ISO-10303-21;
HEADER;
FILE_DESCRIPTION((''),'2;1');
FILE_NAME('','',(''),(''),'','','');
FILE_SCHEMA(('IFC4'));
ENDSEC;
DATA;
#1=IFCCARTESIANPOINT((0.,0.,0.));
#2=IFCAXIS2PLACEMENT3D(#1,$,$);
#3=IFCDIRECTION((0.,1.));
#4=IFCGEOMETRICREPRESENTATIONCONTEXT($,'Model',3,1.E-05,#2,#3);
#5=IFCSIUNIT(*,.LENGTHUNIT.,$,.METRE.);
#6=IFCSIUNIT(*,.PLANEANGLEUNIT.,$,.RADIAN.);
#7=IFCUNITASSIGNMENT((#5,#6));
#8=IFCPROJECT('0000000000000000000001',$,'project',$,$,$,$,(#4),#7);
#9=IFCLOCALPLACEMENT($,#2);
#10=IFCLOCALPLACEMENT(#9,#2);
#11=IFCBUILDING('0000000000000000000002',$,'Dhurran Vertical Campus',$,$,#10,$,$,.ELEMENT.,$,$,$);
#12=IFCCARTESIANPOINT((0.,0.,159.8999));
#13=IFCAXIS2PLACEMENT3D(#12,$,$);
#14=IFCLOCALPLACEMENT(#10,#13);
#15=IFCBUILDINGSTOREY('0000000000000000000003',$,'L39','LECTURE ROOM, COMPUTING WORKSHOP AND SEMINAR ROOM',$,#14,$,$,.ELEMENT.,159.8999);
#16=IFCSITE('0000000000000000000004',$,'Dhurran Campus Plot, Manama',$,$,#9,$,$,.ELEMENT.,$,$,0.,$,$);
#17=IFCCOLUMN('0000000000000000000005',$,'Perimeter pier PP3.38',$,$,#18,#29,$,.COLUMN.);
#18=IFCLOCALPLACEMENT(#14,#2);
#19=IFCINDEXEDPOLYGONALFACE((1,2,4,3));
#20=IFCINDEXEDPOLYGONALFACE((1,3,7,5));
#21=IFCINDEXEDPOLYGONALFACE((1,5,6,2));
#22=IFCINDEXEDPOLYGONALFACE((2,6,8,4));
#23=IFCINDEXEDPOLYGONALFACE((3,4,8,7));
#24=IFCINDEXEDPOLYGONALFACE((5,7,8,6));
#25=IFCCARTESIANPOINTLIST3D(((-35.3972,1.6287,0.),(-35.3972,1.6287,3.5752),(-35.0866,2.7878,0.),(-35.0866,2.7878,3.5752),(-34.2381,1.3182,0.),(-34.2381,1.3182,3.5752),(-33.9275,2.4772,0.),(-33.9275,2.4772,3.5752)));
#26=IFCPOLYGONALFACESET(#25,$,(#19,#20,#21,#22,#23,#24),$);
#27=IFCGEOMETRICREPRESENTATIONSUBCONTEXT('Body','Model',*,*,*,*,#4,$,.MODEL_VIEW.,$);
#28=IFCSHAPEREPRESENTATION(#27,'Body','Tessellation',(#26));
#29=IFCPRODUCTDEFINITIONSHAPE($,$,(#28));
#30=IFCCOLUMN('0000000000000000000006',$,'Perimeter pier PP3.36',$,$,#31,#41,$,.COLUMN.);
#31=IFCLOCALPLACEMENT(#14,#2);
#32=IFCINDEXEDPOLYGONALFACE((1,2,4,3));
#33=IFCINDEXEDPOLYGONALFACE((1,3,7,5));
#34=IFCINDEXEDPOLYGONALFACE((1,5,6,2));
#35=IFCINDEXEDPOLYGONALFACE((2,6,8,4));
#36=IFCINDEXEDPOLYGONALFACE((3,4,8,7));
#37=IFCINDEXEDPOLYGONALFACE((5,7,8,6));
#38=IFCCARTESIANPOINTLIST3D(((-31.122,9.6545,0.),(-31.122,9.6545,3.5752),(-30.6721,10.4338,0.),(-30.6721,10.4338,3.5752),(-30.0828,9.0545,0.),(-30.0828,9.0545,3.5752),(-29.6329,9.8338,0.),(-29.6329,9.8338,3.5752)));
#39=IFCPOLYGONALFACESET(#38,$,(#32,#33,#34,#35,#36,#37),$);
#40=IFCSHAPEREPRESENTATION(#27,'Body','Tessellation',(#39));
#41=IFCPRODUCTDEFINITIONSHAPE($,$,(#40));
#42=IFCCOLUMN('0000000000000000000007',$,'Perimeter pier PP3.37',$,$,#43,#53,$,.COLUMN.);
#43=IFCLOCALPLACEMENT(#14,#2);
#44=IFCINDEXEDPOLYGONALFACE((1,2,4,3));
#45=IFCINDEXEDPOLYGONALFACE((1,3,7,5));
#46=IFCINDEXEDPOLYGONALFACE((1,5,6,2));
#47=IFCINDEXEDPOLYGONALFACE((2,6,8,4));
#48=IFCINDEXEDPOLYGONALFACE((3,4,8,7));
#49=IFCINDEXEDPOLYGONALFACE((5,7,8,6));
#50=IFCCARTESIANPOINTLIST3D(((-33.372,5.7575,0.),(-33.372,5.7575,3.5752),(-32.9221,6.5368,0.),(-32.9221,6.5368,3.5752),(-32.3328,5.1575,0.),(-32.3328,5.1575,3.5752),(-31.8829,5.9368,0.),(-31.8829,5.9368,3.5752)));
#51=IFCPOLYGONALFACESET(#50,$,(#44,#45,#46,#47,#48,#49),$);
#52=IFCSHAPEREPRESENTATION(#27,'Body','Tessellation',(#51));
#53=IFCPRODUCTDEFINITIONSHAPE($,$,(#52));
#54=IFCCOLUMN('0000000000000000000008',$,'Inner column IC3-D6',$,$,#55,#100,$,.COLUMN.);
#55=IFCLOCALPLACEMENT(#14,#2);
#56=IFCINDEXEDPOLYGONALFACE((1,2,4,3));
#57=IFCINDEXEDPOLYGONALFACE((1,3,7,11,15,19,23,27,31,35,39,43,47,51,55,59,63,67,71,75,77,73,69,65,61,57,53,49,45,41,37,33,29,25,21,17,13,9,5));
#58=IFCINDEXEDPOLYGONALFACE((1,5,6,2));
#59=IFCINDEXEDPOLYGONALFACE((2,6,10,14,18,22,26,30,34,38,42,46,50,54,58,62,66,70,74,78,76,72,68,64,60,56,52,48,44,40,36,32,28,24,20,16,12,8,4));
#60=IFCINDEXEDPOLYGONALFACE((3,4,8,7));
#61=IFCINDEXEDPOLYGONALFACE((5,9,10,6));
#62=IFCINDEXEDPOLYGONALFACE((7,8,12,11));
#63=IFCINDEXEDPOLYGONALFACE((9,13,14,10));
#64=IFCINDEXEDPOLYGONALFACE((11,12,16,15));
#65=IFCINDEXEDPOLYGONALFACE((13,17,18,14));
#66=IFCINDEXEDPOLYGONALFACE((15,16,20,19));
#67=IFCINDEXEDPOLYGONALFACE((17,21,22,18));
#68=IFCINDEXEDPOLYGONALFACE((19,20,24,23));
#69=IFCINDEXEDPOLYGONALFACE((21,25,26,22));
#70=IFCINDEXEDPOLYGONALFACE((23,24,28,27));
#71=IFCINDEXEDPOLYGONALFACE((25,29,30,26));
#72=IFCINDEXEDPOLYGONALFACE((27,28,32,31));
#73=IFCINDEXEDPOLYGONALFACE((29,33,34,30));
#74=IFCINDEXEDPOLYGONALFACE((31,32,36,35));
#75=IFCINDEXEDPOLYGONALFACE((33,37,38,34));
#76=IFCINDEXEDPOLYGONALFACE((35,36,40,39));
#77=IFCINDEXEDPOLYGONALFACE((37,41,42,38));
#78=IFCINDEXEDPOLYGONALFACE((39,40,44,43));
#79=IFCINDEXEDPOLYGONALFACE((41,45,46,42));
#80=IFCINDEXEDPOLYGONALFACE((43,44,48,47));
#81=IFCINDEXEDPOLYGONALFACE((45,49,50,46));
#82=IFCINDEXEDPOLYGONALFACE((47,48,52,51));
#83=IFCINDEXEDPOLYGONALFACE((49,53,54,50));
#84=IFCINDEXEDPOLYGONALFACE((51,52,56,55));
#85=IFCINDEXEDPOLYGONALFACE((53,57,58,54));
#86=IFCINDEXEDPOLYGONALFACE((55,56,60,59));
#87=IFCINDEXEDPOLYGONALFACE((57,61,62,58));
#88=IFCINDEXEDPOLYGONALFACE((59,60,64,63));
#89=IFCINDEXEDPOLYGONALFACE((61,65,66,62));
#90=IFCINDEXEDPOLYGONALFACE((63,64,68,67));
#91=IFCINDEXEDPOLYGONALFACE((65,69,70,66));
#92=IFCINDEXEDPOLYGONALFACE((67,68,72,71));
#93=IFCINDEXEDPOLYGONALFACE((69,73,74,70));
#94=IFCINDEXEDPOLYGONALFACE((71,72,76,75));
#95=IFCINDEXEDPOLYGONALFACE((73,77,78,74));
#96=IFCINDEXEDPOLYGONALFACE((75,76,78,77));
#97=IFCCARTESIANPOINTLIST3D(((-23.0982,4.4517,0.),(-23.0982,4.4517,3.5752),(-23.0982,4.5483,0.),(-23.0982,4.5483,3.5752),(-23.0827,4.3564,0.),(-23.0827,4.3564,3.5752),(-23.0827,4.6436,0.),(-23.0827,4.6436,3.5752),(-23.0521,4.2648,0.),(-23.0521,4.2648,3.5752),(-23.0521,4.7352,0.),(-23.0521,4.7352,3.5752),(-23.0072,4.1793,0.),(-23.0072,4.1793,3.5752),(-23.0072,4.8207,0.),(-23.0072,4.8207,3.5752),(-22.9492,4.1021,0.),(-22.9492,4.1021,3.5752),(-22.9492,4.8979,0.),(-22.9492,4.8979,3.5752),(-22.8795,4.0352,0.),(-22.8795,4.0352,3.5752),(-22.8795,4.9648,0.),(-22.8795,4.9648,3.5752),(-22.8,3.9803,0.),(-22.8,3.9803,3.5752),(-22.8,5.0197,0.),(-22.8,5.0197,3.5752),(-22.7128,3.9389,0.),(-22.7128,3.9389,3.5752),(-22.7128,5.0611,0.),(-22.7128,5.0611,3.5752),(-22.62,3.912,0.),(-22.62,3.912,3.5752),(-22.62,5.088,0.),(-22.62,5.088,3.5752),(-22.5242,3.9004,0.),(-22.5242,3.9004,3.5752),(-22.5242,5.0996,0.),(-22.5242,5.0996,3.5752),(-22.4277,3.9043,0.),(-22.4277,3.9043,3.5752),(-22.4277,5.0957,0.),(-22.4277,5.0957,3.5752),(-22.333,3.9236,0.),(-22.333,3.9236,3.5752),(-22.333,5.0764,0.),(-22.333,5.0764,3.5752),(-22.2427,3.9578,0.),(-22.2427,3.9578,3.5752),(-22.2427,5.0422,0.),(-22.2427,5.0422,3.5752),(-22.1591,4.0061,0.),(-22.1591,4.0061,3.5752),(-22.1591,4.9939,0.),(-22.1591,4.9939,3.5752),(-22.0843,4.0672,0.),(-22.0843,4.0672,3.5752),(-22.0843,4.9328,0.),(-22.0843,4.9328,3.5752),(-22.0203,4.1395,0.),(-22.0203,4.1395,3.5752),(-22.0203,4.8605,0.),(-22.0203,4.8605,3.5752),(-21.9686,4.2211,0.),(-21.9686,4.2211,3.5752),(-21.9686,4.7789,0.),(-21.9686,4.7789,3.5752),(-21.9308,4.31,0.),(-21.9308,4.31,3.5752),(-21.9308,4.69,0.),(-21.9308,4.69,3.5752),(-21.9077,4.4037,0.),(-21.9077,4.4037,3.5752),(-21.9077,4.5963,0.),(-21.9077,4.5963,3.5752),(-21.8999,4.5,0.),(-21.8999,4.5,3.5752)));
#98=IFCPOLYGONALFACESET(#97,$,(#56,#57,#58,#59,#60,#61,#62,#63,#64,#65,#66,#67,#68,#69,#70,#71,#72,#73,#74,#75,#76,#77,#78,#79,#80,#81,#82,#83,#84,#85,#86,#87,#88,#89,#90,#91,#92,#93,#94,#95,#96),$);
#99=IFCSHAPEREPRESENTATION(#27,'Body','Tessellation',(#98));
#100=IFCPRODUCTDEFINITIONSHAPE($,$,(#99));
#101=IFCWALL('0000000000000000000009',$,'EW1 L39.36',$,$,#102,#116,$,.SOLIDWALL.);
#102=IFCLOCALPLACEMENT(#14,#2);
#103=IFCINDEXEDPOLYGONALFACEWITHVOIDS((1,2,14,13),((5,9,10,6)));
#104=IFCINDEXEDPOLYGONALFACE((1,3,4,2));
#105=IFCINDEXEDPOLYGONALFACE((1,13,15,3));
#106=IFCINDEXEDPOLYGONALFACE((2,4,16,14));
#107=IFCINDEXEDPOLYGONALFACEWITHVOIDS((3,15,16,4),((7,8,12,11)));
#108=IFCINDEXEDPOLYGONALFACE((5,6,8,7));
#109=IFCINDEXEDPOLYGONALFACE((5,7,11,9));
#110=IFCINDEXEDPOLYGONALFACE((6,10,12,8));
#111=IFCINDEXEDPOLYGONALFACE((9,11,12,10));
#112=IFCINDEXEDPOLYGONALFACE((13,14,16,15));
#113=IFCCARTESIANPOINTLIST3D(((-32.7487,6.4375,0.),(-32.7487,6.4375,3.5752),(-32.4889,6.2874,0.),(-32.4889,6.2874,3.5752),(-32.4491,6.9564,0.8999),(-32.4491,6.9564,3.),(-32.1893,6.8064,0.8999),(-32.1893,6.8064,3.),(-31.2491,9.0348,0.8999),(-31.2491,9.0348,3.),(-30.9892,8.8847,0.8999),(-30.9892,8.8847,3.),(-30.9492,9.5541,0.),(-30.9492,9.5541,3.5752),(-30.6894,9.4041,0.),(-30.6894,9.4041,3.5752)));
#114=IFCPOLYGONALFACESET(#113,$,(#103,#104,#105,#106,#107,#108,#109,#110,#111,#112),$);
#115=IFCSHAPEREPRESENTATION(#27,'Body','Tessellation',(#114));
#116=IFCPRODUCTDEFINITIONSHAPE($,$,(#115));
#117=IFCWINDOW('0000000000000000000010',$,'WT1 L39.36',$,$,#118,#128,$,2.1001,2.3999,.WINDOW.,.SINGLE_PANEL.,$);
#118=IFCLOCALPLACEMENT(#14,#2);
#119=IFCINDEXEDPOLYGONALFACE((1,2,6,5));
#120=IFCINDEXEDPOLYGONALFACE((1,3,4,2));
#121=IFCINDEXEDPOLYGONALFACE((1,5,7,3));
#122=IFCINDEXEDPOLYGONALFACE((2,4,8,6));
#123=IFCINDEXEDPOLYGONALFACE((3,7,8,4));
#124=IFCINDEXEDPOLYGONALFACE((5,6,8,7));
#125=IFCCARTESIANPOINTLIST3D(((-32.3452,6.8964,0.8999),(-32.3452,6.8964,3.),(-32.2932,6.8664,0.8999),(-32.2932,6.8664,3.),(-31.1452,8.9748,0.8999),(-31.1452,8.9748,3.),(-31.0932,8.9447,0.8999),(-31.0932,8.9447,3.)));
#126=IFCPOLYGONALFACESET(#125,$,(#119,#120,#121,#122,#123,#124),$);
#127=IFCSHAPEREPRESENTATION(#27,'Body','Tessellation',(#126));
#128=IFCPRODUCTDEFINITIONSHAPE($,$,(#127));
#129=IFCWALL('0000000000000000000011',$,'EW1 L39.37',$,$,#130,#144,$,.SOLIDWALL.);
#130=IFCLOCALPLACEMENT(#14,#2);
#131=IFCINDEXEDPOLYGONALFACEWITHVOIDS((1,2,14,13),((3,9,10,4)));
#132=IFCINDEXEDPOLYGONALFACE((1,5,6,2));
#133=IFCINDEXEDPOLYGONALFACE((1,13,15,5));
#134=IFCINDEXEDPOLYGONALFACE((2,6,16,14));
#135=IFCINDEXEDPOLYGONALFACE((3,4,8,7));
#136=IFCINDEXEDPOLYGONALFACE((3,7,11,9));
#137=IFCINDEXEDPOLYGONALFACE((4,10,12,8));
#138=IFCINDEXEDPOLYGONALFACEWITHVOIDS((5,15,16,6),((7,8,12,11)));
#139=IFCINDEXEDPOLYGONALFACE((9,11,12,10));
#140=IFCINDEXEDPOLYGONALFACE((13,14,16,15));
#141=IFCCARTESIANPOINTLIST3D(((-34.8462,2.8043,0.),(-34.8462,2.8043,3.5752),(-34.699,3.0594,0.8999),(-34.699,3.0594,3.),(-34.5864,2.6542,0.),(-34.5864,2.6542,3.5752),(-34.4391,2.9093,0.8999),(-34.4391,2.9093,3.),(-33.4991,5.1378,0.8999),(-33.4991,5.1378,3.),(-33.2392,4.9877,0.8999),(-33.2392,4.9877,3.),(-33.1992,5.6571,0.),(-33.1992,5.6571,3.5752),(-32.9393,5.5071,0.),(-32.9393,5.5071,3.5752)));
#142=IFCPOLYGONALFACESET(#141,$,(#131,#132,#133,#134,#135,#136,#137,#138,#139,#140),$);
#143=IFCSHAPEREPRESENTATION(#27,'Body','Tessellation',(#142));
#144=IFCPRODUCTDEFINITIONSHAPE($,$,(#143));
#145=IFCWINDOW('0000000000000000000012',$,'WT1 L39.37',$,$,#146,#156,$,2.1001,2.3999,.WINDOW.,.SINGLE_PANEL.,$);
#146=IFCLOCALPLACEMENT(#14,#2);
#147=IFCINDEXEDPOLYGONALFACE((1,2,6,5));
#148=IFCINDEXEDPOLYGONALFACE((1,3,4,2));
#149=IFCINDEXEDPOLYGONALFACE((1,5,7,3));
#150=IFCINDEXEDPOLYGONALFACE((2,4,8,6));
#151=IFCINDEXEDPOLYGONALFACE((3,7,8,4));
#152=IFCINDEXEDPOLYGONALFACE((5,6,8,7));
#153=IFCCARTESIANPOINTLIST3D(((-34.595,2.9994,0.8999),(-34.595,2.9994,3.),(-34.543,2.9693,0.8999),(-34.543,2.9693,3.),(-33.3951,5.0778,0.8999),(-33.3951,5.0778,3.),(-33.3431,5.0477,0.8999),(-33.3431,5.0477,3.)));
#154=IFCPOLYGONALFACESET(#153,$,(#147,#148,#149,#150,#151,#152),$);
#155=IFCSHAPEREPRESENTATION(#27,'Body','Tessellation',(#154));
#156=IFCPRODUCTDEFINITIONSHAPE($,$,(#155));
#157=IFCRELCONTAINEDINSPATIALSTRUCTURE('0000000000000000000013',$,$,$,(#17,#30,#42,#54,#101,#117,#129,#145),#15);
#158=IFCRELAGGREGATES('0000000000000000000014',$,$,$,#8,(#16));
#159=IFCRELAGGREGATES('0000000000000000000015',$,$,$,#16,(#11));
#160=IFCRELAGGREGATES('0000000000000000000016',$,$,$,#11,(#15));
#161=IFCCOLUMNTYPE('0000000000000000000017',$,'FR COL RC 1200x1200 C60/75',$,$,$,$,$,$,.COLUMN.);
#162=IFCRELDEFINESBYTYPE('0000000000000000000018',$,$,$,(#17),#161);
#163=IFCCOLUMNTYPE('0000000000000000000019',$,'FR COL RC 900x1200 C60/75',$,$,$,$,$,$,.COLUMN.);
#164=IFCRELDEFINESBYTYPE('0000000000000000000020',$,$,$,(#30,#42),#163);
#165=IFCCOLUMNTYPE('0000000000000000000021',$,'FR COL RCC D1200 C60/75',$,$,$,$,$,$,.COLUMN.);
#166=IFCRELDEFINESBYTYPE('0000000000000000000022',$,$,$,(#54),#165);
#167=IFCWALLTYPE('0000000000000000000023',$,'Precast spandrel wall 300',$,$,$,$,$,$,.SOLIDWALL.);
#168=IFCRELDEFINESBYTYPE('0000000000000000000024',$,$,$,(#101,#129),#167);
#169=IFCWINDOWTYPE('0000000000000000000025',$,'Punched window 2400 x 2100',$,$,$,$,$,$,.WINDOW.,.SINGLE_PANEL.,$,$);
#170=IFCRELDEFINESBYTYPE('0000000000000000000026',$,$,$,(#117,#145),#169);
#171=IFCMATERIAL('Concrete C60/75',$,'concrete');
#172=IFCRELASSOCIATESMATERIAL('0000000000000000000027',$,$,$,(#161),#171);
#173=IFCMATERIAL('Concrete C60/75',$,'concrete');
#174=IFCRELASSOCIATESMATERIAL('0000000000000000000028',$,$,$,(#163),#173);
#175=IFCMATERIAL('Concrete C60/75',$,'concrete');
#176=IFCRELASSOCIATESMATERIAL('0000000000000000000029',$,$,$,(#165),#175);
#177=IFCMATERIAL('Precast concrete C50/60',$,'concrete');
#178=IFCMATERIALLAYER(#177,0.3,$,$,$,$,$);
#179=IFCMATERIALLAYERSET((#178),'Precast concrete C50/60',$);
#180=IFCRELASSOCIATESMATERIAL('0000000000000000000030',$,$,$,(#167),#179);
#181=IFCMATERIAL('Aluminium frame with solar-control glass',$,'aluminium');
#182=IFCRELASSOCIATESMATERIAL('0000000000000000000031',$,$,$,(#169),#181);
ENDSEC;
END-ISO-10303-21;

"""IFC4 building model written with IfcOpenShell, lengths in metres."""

from ifc_helpers import new_model, si_unit, direction, frame, frame_2d, origin, origin_2d, place, context, subcontext, project, spatial, rectangle, circle, extrude, material, layer, layer_set, material_profile, profile_set, type_object, element, fill, save


model = new_model("IFC4")

# Units and contexts
model_context = context("Model", 3, precision=1e-05, world=origin(), true_north=direction((0.0, 1.0)))
body_context = subcontext(model_context, "Body", "Model", "MODEL_VIEW")
ifc_project = project(units=[si_unit("LENGTHUNIT", "METRE"), si_unit("PLANEANGLEUNIT", "RADIAN")], contexts=[model_context])

# Site, building, storey
site_placement = place(None, origin())
site = spatial("IfcSite", under=ifc_project, at=site_placement, Name="Dhurran Campus Plot, Manama", CompositionType="ELEMENT", RefElevation=0.0)
building_placement = place(site_placement, origin())
building = spatial("IfcBuilding", under=site, at=building_placement, Name="Dhurran Vertical Campus", CompositionType="ELEMENT")
storey_placement = place(building_placement, frame((0.0, 0.0, 159.8999)))
storey = spatial("IfcBuildingStorey", under=building, at=storey_placement, Name="L39", Description="LECTURE ROOM, COMPUTING WORKSHOP AND SEMINAR ROOM", CompositionType="ELEMENT", Elevation=159.8999)

# Columns
ifc_material_1 = material(Name="Concrete C60/75", Category="concrete")
ifc_material_profile_1 = material_profile(ifc_material_1, rectangle(XDim=1.2, YDim=1.2, at=origin_2d()), Name="RC 1200x1200")
ifc_profile_set_1 = profile_set([ifc_material_profile_1], Name="Concrete C60/75")
column_type_1 = type_object("IfcColumnType", Name="FR COL RC 1200x1200 C60/75", PredefinedType="COLUMN", material=ifc_profile_set_1)
column_1_placement = place(storey_placement, frame((-34.6624, 2.053, 0.0), z_axis=(0.0, 0.0, 1.0), x_axis=(-0.258819, -0.965926, 0.0)))
element("IfcColumn", 1, at=column_1_placement, inside=storey, type_object=column_type_1, Name="Perimeter pier PP3.38", PredefinedType="COLUMN", context=body_context, shape_type="SweptSolid", body=[
    extrude(rectangle(XDim=1.2, YDim=1.2, at=origin_2d()), origin(), (0.0, 0.0, 1.0), 3.5752),
])
ifc_material_2 = material(Name="Concrete C60/75", Category="concrete")
ifc_material_profile_2 = material_profile(ifc_material_2, rectangle(XDim=0.8999, YDim=1.2, at=origin_2d()), Name="RC 900x1200")
ifc_profile_set_2 = profile_set([ifc_material_profile_2], Name="Concrete C60/75")
column_type_2 = type_object("IfcColumnType", Name="FR COL RC 900x1200 C60/75", PredefinedType="COLUMN", material=ifc_profile_set_2)
for number, where, z_axis, x_axis, name in (
    (2, (-30.3774, 9.7441, 0.0), (0.0, 0.0, 1.0), (-0.5, -0.866025, 0.0), "Perimeter pier PP3.36"),
    (3, (-32.6274, 5.8472, 0.0), (0.0, 0.0, 1.0), (-0.5, -0.866025, 0.0), "Perimeter pier PP3.37"),
):
    element("IfcColumn", number, at=place(storey_placement, frame(where, z_axis=z_axis, x_axis=x_axis)), inside=storey, type_object=column_type_2, Name=name, PredefinedType="COLUMN", context=body_context, shape_type="SweptSolid", body=[
        extrude(rectangle(XDim=0.8999, YDim=1.2, at=origin_2d()), origin(), (0.0, 0.0, 1.0), 3.5752),
    ])
ifc_material_3 = material(Name="Concrete C60/75", Category="concrete")
ifc_material_profile_3 = material_profile(ifc_material_3, circle(Radius=0.6001, at=origin_2d()), Name="RCC D1200")
ifc_profile_set_3 = profile_set([ifc_material_profile_3], Name="Concrete C60/75")
column_type_3 = type_object("IfcColumnType", Name="FR COL RCC D1200 C60/75", PredefinedType="COLUMN", material=ifc_profile_set_3)
column_2_placement = place(storey_placement, frame((-22.5, 4.5, 0.0), z_axis=(0.0, 0.0, 1.0), x_axis=(1.0, 0.0, 0.0)))
element("IfcColumn", 4, at=column_2_placement, inside=storey, type_object=column_type_3, Name="Inner column IC3-D6", PredefinedType="COLUMN", context=body_context, shape_type="SweptSolid", body=[
    extrude(circle(Radius=0.6001, at=origin_2d()), origin(), (0.0, 0.0, 1.0), 3.5752),
])

# Walls, openings, windows
ifc_material_4 = material(Name="Precast concrete C50/60", Category="concrete")
ifc_layer_1 = layer(ifc_material_4, 0.3)
ifc_layer_set_1 = layer_set([ifc_layer_1], Name="Precast concrete C50/60")
wall_type_1 = type_object("IfcWallType", Name="Precast spandrel wall 300", PredefinedType="SOLIDWALL", material=ifc_layer_set_1)
wall_1_placement = place(storey_placement, frame((-30.8193, 9.479, 0.0), z_axis=(0.0, 0.0, 1.0), x_axis=(-0.500028, -0.866009, 0.0)))
wall_1 = element("IfcWall", 5, at=wall_1_placement, inside=storey, type_object=wall_type_1, Name="EW1 L39.36", PredefinedType="SOLIDWALL", context=body_context, shape_type="SweptSolid", body=[
    extrude(rectangle(XDim=3.5989, YDim=0.3, at=frame_2d((1.7993, 0.0))), origin(), (0.0, 0.0, 1.0), 3.5752),
])
opening_1_placement = place(wall_1_placement, frame((0.5996, 0.0, 0.8999)))
opening_1 = element("IfcOpeningElement", 6, at=opening_1_placement, cuts=wall_1, PredefinedType="OPENING", context=body_context, shape_type="SweptSolid", body=[
    extrude(rectangle(XDim=2.3999, YDim=2.1001, at=frame_2d((1.2, 1.05))), frame((0.0, 0.1599, 0.0), z_axis=(0.0, -1.0, 0.0), x_axis=(1.0, 0.0, 0.0)), (0.0, 0.0, 1.0), 0.3201),
])
ifc_material_5 = material(Name="Aluminium frame with solar-control glass", Category="aluminium")
window_type = type_object("IfcWindowType", Name="Punched window 2400 x 2100", PartitioningType="SINGLE_PANEL", PredefinedType="WINDOW", material=ifc_material_5)
window_1_placement = place(opening_1_placement, origin())
window_1 = element("IfcWindow", 7, at=window_1_placement, inside=storey, type_object=window_type, Name="WT1 L39.36", OverallHeight=2.1001, OverallWidth=2.3999, PartitioningType="SINGLE_PANEL", PredefinedType="WINDOW", context=body_context, shape_type="SweptSolid", body=[
    extrude(rectangle(XDim=2.3999, YDim=2.1001, at=frame_2d((1.2, 1.05))), frame((0.0, 0.03, 0.0), z_axis=(0.0, -1.0, 0.0), x_axis=(1.0, 0.0, 0.0)), (0.0, 0.0, 1.0), 0.0601),
])
fill(opening_1, window_1)
wall_2_placement = place(storey_placement, frame((-33.0693, 5.582, 0.0), z_axis=(0.0, 0.0, 1.0), x_axis=(-0.499981, -0.866036, 0.0)))
wall_2 = element("IfcWall", 8, at=wall_2_placement, inside=storey, type_object=wall_type_1, Name="EW1 L39.37", PredefinedType="SOLIDWALL", context=body_context, shape_type="SweptSolid", body=[
    extrude(rectangle(XDim=3.2942, YDim=0.3, at=frame_2d((1.647, 0.0))), origin(), (0.0, 0.0, 1.0), 3.5752),
])
opening_2_placement = place(wall_2_placement, frame((0.5996, 0.0, 0.8999)))
opening_2 = element("IfcOpeningElement", 9, at=opening_2_placement, cuts=wall_2, PredefinedType="OPENING", context=body_context, shape_type="SweptSolid", body=[
    extrude(rectangle(XDim=2.3999, YDim=2.1001, at=frame_2d((1.2, 1.05))), frame((0.0, 0.1599, 0.0), z_axis=(0.0, -1.0, 0.0), x_axis=(1.0, 0.0, 0.0)), (0.0, 0.0, 1.0), 0.3201),
])
window_2_placement = place(opening_2_placement, origin())
window_2 = element("IfcWindow", 10, at=window_2_placement, inside=storey, type_object=window_type, Name="WT1 L39.37", OverallHeight=2.1001, OverallWidth=2.3999, PartitioningType="SINGLE_PANEL", PredefinedType="WINDOW", context=body_context, shape_type="SweptSolid", body=[
    extrude(rectangle(XDim=2.3999, YDim=2.1001, at=frame_2d((1.2, 1.05))), frame((0.0, 0.03, 0.0), z_axis=(0.0, -1.0, 0.0), x_axis=(1.0, 0.0, 0.0)), (0.0, 0.0, 1.0), 0.0601),
])
fill(opening_2, window_2)

save(model, "model.ifc")
